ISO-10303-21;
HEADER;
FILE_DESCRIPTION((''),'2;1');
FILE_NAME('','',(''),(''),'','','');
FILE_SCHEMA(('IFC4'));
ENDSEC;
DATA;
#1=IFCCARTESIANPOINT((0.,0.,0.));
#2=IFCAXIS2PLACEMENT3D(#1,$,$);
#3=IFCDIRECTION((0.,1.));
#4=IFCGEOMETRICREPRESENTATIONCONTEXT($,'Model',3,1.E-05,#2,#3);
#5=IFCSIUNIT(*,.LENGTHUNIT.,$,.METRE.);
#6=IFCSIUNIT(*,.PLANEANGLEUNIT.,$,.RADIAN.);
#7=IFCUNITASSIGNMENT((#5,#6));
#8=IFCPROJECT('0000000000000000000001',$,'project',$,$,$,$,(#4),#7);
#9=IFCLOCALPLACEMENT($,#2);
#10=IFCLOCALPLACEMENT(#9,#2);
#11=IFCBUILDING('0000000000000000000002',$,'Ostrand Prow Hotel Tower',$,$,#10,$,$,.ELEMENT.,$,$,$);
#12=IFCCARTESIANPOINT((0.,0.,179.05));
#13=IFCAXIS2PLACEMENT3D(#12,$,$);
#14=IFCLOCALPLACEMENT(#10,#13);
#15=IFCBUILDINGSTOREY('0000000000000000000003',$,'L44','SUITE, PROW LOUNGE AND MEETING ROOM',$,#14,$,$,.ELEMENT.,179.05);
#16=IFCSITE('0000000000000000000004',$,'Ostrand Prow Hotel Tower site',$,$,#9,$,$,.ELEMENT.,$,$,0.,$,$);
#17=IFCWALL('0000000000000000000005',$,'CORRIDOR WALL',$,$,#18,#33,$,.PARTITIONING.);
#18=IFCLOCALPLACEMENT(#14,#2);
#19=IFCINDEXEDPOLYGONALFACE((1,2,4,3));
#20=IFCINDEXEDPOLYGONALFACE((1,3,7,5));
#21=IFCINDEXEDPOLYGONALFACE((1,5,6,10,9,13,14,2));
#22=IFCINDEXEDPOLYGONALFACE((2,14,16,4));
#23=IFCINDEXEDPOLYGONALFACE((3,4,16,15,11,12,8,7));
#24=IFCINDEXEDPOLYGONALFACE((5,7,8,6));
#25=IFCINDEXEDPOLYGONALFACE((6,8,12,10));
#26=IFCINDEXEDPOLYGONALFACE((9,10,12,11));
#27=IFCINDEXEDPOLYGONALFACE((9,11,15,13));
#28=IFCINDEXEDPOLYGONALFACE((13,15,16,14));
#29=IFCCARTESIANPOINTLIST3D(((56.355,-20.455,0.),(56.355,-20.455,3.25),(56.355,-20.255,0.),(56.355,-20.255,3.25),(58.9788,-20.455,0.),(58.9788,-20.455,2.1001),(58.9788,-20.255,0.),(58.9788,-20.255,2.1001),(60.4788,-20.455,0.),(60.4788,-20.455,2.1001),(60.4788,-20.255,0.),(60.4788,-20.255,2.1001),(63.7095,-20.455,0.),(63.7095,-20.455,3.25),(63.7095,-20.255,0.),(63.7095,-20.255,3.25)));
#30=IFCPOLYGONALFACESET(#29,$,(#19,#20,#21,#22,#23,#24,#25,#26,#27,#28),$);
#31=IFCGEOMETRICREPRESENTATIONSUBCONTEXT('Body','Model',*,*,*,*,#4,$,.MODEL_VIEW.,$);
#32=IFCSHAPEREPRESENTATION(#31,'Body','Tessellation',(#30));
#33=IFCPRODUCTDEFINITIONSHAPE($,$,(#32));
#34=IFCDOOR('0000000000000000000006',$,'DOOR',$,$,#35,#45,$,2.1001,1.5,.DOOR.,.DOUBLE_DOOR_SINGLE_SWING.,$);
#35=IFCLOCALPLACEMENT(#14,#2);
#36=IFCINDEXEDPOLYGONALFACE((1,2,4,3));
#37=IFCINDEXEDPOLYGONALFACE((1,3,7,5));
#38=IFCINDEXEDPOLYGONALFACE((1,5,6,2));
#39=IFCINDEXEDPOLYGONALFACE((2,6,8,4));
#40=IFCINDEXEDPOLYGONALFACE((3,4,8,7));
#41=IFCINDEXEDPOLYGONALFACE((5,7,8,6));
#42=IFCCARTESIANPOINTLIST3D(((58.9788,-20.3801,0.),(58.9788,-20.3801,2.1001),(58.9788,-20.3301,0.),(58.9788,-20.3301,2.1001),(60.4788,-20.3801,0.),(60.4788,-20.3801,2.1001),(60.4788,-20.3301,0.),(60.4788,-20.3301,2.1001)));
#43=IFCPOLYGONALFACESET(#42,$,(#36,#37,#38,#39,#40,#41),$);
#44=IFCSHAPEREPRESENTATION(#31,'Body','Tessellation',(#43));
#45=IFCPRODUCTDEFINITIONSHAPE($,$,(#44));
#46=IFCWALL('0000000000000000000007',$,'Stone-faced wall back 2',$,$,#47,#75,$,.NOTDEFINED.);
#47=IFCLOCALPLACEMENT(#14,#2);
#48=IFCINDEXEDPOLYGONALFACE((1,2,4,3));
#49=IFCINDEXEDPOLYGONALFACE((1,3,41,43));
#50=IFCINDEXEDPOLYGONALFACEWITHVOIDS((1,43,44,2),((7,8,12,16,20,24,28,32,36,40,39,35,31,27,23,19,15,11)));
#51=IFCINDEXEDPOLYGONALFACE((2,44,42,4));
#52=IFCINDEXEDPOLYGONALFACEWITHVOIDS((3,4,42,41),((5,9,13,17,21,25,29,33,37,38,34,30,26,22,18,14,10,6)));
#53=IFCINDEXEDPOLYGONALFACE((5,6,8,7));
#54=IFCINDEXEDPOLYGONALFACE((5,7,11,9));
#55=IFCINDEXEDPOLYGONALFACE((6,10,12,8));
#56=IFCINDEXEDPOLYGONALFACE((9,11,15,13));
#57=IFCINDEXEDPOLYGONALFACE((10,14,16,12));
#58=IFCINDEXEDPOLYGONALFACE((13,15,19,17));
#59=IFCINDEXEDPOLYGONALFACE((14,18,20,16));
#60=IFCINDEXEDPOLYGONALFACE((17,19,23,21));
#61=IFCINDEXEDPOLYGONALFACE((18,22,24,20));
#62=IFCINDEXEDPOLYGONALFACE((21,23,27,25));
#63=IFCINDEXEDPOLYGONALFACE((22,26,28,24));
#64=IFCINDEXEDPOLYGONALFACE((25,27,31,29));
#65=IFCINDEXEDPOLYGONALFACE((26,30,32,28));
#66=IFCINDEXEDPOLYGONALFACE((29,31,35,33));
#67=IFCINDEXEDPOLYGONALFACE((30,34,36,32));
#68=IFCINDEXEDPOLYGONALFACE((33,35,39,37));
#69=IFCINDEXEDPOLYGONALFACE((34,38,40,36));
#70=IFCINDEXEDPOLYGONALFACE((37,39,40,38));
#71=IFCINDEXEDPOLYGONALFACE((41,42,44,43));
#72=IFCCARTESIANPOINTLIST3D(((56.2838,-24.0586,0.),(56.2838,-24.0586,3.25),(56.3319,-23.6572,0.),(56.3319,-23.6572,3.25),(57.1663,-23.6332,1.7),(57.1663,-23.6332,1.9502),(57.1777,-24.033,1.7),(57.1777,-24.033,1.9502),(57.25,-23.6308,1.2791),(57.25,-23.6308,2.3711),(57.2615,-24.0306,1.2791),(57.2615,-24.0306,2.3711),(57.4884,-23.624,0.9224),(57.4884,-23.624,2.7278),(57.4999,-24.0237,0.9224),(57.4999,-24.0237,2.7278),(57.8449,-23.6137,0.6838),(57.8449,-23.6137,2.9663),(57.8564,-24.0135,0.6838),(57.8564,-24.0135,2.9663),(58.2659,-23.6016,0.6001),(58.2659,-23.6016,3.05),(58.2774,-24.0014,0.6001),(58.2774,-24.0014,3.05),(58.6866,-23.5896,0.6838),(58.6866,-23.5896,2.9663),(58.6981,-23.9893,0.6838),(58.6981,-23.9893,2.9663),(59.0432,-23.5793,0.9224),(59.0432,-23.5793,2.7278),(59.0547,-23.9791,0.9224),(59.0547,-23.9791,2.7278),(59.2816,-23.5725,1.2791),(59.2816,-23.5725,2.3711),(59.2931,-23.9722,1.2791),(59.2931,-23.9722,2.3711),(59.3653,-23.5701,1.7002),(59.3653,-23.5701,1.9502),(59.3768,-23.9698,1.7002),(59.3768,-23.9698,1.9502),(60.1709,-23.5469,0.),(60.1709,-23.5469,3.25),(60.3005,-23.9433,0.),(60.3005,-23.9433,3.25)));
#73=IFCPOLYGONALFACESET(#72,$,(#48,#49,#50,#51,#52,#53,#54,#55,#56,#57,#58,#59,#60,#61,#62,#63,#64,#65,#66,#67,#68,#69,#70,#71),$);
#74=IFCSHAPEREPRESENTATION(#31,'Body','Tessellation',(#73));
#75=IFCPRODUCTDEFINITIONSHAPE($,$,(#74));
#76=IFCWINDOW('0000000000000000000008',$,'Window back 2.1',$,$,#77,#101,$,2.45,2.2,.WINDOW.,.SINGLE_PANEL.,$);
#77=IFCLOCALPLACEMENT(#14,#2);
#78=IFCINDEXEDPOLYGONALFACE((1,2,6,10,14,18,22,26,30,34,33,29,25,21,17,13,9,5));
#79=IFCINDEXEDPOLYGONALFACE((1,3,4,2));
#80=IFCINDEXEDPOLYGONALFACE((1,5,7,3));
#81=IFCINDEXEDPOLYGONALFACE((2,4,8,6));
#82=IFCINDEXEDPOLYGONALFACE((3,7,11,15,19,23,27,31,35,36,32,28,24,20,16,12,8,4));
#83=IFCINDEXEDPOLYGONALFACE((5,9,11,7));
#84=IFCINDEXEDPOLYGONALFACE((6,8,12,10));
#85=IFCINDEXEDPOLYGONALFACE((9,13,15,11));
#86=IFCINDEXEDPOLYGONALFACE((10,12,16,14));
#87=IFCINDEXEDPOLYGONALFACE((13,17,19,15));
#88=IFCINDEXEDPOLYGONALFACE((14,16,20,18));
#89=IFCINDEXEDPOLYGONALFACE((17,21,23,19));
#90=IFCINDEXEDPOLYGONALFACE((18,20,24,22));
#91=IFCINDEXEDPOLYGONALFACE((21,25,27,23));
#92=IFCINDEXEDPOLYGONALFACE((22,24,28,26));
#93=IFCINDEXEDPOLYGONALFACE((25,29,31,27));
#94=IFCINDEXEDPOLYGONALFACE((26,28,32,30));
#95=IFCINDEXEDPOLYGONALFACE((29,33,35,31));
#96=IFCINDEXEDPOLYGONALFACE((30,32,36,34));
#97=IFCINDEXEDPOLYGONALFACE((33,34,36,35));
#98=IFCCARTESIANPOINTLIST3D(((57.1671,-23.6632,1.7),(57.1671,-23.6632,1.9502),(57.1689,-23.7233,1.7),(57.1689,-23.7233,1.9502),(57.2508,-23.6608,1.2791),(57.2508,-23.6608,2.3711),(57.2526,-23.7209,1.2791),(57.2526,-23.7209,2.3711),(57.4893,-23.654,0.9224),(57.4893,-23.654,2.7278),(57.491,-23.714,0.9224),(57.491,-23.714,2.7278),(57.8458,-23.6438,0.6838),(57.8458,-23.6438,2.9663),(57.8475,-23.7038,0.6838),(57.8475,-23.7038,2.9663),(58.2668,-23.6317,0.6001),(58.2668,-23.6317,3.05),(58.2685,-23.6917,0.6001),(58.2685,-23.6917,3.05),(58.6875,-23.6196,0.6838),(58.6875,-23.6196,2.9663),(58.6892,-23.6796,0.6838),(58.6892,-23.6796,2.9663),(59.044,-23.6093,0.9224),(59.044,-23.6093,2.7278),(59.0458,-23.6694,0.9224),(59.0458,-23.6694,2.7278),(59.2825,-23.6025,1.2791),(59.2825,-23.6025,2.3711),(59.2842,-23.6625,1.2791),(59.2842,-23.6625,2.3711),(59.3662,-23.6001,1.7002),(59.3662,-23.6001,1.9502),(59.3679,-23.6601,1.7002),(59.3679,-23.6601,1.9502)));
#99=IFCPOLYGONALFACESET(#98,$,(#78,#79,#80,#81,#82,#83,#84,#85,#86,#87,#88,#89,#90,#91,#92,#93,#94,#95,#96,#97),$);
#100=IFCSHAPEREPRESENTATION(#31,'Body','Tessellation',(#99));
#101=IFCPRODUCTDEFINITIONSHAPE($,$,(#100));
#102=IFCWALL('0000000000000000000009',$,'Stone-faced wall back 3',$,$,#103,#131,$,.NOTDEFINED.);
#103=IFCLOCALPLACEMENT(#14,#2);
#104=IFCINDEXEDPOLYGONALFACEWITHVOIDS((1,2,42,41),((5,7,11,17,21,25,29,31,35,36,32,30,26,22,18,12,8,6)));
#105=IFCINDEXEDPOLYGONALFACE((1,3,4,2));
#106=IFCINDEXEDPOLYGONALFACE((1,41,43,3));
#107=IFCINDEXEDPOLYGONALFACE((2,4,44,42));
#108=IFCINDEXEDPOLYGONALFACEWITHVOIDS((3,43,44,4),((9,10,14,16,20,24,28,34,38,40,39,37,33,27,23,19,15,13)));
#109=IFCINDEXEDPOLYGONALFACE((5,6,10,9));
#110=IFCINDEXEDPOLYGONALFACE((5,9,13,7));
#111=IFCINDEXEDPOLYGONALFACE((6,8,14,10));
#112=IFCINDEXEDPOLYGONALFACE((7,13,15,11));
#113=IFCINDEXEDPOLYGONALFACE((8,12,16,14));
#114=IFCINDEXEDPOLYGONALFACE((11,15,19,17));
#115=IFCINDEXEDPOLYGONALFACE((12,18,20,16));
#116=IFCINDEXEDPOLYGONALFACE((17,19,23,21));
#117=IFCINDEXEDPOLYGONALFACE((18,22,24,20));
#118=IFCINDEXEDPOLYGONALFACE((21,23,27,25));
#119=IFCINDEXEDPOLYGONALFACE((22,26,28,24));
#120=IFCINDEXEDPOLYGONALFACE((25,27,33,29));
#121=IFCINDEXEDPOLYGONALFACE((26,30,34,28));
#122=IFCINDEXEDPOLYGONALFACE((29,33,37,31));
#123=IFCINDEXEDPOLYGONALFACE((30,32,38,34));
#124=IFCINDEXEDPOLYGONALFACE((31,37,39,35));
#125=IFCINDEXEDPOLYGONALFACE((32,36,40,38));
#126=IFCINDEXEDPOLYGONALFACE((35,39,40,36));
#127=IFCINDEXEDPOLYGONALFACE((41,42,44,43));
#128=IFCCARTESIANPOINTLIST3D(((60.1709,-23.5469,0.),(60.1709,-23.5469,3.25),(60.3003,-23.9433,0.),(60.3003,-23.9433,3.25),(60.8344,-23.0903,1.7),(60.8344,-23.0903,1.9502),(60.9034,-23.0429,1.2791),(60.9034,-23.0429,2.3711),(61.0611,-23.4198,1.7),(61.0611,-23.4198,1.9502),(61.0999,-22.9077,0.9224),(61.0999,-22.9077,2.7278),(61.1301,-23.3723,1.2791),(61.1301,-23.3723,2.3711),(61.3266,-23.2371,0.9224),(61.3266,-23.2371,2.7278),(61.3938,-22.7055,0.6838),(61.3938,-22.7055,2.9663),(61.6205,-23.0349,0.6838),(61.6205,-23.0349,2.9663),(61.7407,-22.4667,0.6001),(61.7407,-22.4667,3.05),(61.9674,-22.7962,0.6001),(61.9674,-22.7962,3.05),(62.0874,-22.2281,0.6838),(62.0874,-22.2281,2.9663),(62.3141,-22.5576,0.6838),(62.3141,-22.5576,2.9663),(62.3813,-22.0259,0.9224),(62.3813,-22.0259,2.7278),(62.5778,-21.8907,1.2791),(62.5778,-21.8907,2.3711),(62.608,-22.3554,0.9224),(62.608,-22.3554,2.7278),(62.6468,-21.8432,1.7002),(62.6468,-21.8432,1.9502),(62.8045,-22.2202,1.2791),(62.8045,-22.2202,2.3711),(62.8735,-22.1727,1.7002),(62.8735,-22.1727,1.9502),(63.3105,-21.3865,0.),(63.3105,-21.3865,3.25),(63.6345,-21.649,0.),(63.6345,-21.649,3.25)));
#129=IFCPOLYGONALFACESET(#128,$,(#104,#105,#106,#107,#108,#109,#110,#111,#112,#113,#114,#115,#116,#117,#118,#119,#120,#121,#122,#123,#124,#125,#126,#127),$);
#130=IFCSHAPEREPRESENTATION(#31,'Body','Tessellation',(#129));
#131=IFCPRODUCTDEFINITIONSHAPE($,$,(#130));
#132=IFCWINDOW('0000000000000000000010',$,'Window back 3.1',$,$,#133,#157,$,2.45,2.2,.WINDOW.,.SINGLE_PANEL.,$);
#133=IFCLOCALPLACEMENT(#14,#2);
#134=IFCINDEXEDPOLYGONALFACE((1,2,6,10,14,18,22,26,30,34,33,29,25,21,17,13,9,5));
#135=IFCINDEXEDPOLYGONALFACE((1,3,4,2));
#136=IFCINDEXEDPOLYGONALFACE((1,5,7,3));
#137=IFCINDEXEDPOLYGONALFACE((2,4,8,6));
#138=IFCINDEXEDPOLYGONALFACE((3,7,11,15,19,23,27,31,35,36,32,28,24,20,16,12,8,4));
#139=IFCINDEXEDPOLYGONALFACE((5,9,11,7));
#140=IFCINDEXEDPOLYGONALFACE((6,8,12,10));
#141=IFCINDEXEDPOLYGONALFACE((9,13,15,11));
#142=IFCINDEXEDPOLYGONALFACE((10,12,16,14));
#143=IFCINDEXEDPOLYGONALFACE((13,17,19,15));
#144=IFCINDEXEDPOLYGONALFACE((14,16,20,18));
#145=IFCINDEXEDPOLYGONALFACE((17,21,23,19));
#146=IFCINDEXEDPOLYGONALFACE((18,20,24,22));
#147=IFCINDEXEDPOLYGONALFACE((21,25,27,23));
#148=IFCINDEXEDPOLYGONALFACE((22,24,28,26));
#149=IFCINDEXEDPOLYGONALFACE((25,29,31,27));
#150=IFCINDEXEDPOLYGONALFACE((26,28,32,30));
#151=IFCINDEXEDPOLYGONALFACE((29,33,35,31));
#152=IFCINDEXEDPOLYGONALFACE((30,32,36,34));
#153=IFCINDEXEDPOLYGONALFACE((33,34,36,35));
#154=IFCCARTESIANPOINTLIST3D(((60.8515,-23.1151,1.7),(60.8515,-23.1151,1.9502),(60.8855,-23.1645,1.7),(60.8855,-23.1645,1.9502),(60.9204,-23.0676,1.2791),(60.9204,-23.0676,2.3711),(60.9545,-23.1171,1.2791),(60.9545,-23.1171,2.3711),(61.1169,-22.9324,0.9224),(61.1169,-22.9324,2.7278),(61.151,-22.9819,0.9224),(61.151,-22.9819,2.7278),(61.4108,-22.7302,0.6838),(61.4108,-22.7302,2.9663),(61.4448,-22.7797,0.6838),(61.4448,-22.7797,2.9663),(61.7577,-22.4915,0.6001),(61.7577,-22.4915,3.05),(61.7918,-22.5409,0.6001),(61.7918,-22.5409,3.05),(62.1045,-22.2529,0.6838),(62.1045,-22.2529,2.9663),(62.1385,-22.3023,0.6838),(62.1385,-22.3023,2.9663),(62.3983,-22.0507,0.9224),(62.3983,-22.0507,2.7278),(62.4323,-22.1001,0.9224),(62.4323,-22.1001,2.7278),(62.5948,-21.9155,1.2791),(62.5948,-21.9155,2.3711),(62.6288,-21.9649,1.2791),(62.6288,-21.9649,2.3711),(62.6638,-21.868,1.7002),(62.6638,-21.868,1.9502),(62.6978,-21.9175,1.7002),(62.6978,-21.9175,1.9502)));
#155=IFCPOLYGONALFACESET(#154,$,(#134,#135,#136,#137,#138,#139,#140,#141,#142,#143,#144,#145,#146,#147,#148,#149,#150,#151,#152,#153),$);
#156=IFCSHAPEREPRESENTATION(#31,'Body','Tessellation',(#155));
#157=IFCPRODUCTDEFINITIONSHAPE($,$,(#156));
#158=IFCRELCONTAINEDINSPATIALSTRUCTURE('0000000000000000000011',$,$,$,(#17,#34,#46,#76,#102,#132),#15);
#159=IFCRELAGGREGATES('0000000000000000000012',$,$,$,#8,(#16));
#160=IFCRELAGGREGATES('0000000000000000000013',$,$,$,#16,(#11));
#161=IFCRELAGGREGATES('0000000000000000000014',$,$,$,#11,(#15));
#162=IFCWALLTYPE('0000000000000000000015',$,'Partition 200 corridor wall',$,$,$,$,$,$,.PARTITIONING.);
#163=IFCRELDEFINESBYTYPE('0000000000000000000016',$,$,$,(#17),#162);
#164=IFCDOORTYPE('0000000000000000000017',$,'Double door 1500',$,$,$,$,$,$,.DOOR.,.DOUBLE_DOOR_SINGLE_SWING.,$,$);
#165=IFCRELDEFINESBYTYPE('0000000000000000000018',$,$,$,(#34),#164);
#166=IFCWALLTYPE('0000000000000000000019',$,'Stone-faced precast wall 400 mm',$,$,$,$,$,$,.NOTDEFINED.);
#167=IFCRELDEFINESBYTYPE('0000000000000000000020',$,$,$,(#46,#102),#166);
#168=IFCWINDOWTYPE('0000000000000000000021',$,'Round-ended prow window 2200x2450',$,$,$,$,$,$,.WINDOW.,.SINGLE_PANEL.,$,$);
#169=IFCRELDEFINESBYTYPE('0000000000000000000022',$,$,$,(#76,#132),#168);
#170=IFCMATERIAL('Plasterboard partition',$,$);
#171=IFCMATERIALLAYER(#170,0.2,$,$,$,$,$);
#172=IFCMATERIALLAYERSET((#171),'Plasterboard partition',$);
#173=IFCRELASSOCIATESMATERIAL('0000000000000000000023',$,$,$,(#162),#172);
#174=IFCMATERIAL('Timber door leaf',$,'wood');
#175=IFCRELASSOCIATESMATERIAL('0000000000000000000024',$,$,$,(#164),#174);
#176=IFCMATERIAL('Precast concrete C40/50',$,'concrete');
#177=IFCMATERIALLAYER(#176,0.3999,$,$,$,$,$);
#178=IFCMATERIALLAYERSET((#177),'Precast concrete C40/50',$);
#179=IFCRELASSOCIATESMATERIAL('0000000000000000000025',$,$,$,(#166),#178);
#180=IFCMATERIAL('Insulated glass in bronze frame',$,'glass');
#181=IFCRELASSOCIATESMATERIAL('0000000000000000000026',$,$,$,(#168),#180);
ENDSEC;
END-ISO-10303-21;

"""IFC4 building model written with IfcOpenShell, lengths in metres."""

from ifc_helpers import new_model, si_unit, direction, frame, frame_2d, origin, place, context, subcontext, project, spatial, polyline, rectangle, outline, extrude, material, layer, layer_set, type_object, element, fill, save


model = new_model("IFC4")

# Units and contexts
model_context = context("Model", 3, precision=1e-05, world=origin(), true_north=direction((0.0, 1.0)))
body_context = subcontext(model_context, "Body", "Model", "MODEL_VIEW")
ifc_project = project(units=[si_unit("LENGTHUNIT", "METRE"), si_unit("PLANEANGLEUNIT", "RADIAN")], contexts=[model_context])

# Site, building, storey
site_placement = place(None, origin())
site = spatial("IfcSite", under=ifc_project, at=site_placement, Name="Ostrand Prow Hotel Tower site", CompositionType="ELEMENT", RefElevation=0.0)
building_placement = place(site_placement, origin())
building = spatial("IfcBuilding", under=site, at=building_placement, Name="Ostrand Prow Hotel Tower", CompositionType="ELEMENT")
storey_placement = place(building_placement, frame((0.0, 0.0, 179.05)))
storey = spatial("IfcBuildingStorey", under=building, at=storey_placement, Name="L44", Description="SUITE, PROW LOUNGE AND MEETING ROOM", CompositionType="ELEMENT", Elevation=179.05)

# Wall, opening, door
ifc_material_1 = material(Name="Plasterboard partition")
ifc_layer_1 = layer(ifc_material_1, 0.2)
ifc_layer_set_1 = layer_set([ifc_layer_1], Name="Plasterboard partition")
wall_type_1 = type_object("IfcWallType", Name="Partition 200 corridor wall", PredefinedType="PARTITIONING", material=ifc_layer_set_1)
wall_1_placement = place(storey_placement, frame((56.355, -20.355, 0.0), z_axis=(0.0, 0.0, 1.0), x_axis=(1.0, 0.0, 0.0)))
wall_1 = element("IfcWall", 1, at=wall_1_placement, inside=storey, type_object=wall_type_1, Name="CORRIDOR WALL", PredefinedType="PARTITIONING", context=body_context, shape_type="SweptSolid", body=[
    extrude(rectangle(XDim=7.3545, YDim=0.2, at=frame_2d((3.6772, 0.0))), origin(), (0.0, 0.0, 1.0), 3.25),
])
opening_1_placement = place(wall_1_placement, frame((2.6238, 0.0, 0.0)))
opening_1 = element("IfcOpeningElement", 2, at=opening_1_placement, cuts=wall_1, PredefinedType="OPENING", context=body_context, shape_type="SweptSolid", body=[
    extrude(rectangle(XDim=1.5, YDim=2.1001, at=frame_2d((0.75, 1.05))), frame((0.0, 0.1099, 0.0), z_axis=(0.0, -1.0, 0.0), x_axis=(1.0, 0.0, 0.0)), (0.0, 0.0, 1.0), 0.22),
])
ifc_material_2 = material(Name="Timber door leaf", Category="wood")
door_type_1 = type_object("IfcDoorType", Name="Double door 1500", OperationType="DOUBLE_DOOR_SINGLE_SWING", PredefinedType="DOOR", material=ifc_material_2)
door_1_placement = place(opening_1_placement, origin())
door_1 = element("IfcDoor", 3, at=door_1_placement, inside=storey, type_object=door_type_1, Name="DOOR", OperationType="DOUBLE_DOOR_SINGLE_SWING", OverallHeight=2.1001, OverallWidth=1.5, PredefinedType="DOOR", context=body_context, shape_type="SweptSolid", body=[
    extrude(rectangle(XDim=1.5, YDim=2.1001, at=frame_2d((0.75, 1.05))), frame((0.0, 0.0249, 0.0), z_axis=(0.0, -1.0, 0.0), x_axis=(1.0, 0.0, 0.0)), (0.0, 0.0, 1.0), 0.05),
])
fill(opening_1, door_1)

# Walls, openings, windows
ifc_material_3 = material(Name="Precast concrete C40/50", Category="concrete")
ifc_layer_2 = layer(ifc_material_3, 0.3999)
ifc_layer_set_2 = layer_set([ifc_layer_2], Name="Precast concrete C40/50")
wall_type_2 = type_object("IfcWallType", Name="Stone-faced precast wall 400 mm", PredefinedType="NOTDEFINED", material=ifc_layer_set_2)
wall_2_placement = place(storey_placement, frame((56.3079, -23.8579, 0.0), z_axis=(0.0, 0.0, 1.0), x_axis=(0.999588, 0.028705, 0.0)))
wall_2 = element("IfcWall", 4, at=wall_2_placement, inside=storey, type_object=wall_type_2, Name="Stone-faced wall back 2", PredefinedType="NOTDEFINED", context=body_context, shape_type="SweptSolid", body=[
    extrude(outline(polyline([(-0.0298, -0.2), (3.9885, -0.2), (3.8704, 0.2), (0.0298, 0.2), (-0.0298, -0.2)])), origin(), (0.0, 0.0, 1.0), 3.25),
])
opening_2_placement = place(wall_2_placement, frame((0.8645, 0.0, 0.6001)))
opening_2 = element("IfcOpeningElement", 5, at=opening_2_placement, cuts=wall_2, PredefinedType="OPENING", context=body_context, shape_type="SweptSolid", body=[
    extrude(outline(polyline([(0.0, 1.3501), (0.0837, 1.771), (0.3223, 2.1277), (0.679, 2.3662), (1.1001, 2.45), (1.521, 2.3662), (1.8777, 2.1277), (2.1162, 1.771), (2.2, 1.3501), (2.2, 1.1001), (2.1162, 0.679), (1.8777, 0.3223), (1.521, 0.0837), (1.1001, 0.0), (0.679, 0.0837), (0.3223, 0.3223), (0.0837, 0.679), (0.0, 1.0999), (0.0, 1.3501)])), frame((0.0, 0.21, 0.0), z_axis=(0.0, -1.0, 0.0), x_axis=(1.0, 0.0, 0.0)), (0.0, 0.0, 1.0), 0.4199),
])
ifc_material_4 = material(Name="Insulated glass in bronze frame", Category="glass")
window_type = type_object("IfcWindowType", Name="Round-ended prow window 2200x2450", PartitioningType="SINGLE_PANEL", PredefinedType="WINDOW", material=ifc_material_4)
window_1_placement = place(opening_2_placement, origin())
window_1 = element("IfcWindow", 6, at=window_1_placement, inside=storey, type_object=window_type, Name="Window back 2.1", OverallHeight=2.45, OverallWidth=2.2, PartitioningType="SINGLE_PANEL", PredefinedType="WINDOW", context=body_context, shape_type="SweptSolid", body=[
    extrude(outline(polyline([(0.0, 1.3501), (0.0837, 1.771), (0.3223, 2.1277), (0.679, 2.3662), (1.1001, 2.45), (1.521, 2.3662), (1.8777, 2.1277), (2.1162, 1.771), (2.2, 1.3501), (2.2, 1.1001), (2.1162, 0.679), (1.8777, 0.3223), (1.521, 0.0837), (1.1001, 0.0), (0.679, 0.0837), (0.3223, 0.3223), (0.0837, 0.679), (0.0, 1.0999), (0.0, 1.3501)])), frame((0.0, 0.1699, 0.0), z_axis=(0.0, -1.0, 0.0), x_axis=(1.0, 0.0, 0.0)), (0.0, 0.0, 1.0), 0.0601),
])
fill(opening_2, window_1)
wall_3_placement = place(storey_placement, frame((60.2356, -23.7451, 0.0), z_axis=(0.0, 0.0, 1.0), x_axis=(0.823806, 0.566872, 0.0)))
wall_3 = element("IfcWall", 7, at=wall_3_placement, inside=storey, type_object=wall_type_2, Name="Stone-faced wall back 3", PredefinedType="NOTDEFINED", context=body_context, shape_type="SweptSolid", body=[
    extrude(outline(polyline([(-0.0591, -0.2), (3.9883, -0.2), (3.8701, 0.2), (0.0591, 0.2), (-0.0591, -0.2)])), origin(), (0.0, 0.0, 1.0), 3.25),
])
opening_3_placement = place(wall_3_placement, frame((0.8645, 0.0, 0.6001)))
opening_3 = element("IfcOpeningElement", 8, at=opening_3_placement, cuts=wall_3, PredefinedType="OPENING", context=body_context, shape_type="SweptSolid", body=[
    extrude(outline(polyline([(0.0, 1.3501), (0.0837, 1.771), (0.3223, 2.1277), (0.679, 2.3662), (1.1001, 2.45), (1.521, 2.3662), (1.8777, 2.1277), (2.1162, 1.771), (2.2, 1.3501), (2.2, 1.1001), (2.1162, 0.679), (1.8777, 0.3223), (1.521, 0.0837), (1.1001, 0.0), (0.679, 0.0837), (0.3223, 0.3223), (0.0837, 0.679), (0.0, 1.0999), (0.0, 1.3501)])), frame((0.0, 0.21, 0.0), z_axis=(0.0, -1.0, 0.0), x_axis=(1.0, 0.0, 0.0)), (0.0, 0.0, 1.0), 0.4199),
])
window_2_placement = place(opening_3_placement, origin())
window_2 = element("IfcWindow", 9, at=window_2_placement, inside=storey, type_object=window_type, Name="Window back 3.1", OverallHeight=2.45, OverallWidth=2.2, PartitioningType="SINGLE_PANEL", PredefinedType="WINDOW", context=body_context, shape_type="SweptSolid", body=[
    extrude(outline(polyline([(0.0, 1.3501), (0.0837, 1.771), (0.3223, 2.1277), (0.679, 2.3662), (1.1001, 2.45), (1.521, 2.3662), (1.8777, 2.1277), (2.1162, 1.771), (2.2, 1.3501), (2.2, 1.1001), (2.1162, 0.679), (1.8777, 0.3223), (1.521, 0.0837), (1.1001, 0.0), (0.679, 0.0837), (0.3223, 0.3223), (0.0837, 0.679), (0.0, 1.0999), (0.0, 1.3501)])), frame((0.0, 0.1699, 0.0), z_axis=(0.0, -1.0, 0.0), x_axis=(1.0, 0.0, 0.0)), (0.0, 0.0, 1.0), 0.0601),
])
fill(opening_3, window_2)

save(model, "model.ifc")
